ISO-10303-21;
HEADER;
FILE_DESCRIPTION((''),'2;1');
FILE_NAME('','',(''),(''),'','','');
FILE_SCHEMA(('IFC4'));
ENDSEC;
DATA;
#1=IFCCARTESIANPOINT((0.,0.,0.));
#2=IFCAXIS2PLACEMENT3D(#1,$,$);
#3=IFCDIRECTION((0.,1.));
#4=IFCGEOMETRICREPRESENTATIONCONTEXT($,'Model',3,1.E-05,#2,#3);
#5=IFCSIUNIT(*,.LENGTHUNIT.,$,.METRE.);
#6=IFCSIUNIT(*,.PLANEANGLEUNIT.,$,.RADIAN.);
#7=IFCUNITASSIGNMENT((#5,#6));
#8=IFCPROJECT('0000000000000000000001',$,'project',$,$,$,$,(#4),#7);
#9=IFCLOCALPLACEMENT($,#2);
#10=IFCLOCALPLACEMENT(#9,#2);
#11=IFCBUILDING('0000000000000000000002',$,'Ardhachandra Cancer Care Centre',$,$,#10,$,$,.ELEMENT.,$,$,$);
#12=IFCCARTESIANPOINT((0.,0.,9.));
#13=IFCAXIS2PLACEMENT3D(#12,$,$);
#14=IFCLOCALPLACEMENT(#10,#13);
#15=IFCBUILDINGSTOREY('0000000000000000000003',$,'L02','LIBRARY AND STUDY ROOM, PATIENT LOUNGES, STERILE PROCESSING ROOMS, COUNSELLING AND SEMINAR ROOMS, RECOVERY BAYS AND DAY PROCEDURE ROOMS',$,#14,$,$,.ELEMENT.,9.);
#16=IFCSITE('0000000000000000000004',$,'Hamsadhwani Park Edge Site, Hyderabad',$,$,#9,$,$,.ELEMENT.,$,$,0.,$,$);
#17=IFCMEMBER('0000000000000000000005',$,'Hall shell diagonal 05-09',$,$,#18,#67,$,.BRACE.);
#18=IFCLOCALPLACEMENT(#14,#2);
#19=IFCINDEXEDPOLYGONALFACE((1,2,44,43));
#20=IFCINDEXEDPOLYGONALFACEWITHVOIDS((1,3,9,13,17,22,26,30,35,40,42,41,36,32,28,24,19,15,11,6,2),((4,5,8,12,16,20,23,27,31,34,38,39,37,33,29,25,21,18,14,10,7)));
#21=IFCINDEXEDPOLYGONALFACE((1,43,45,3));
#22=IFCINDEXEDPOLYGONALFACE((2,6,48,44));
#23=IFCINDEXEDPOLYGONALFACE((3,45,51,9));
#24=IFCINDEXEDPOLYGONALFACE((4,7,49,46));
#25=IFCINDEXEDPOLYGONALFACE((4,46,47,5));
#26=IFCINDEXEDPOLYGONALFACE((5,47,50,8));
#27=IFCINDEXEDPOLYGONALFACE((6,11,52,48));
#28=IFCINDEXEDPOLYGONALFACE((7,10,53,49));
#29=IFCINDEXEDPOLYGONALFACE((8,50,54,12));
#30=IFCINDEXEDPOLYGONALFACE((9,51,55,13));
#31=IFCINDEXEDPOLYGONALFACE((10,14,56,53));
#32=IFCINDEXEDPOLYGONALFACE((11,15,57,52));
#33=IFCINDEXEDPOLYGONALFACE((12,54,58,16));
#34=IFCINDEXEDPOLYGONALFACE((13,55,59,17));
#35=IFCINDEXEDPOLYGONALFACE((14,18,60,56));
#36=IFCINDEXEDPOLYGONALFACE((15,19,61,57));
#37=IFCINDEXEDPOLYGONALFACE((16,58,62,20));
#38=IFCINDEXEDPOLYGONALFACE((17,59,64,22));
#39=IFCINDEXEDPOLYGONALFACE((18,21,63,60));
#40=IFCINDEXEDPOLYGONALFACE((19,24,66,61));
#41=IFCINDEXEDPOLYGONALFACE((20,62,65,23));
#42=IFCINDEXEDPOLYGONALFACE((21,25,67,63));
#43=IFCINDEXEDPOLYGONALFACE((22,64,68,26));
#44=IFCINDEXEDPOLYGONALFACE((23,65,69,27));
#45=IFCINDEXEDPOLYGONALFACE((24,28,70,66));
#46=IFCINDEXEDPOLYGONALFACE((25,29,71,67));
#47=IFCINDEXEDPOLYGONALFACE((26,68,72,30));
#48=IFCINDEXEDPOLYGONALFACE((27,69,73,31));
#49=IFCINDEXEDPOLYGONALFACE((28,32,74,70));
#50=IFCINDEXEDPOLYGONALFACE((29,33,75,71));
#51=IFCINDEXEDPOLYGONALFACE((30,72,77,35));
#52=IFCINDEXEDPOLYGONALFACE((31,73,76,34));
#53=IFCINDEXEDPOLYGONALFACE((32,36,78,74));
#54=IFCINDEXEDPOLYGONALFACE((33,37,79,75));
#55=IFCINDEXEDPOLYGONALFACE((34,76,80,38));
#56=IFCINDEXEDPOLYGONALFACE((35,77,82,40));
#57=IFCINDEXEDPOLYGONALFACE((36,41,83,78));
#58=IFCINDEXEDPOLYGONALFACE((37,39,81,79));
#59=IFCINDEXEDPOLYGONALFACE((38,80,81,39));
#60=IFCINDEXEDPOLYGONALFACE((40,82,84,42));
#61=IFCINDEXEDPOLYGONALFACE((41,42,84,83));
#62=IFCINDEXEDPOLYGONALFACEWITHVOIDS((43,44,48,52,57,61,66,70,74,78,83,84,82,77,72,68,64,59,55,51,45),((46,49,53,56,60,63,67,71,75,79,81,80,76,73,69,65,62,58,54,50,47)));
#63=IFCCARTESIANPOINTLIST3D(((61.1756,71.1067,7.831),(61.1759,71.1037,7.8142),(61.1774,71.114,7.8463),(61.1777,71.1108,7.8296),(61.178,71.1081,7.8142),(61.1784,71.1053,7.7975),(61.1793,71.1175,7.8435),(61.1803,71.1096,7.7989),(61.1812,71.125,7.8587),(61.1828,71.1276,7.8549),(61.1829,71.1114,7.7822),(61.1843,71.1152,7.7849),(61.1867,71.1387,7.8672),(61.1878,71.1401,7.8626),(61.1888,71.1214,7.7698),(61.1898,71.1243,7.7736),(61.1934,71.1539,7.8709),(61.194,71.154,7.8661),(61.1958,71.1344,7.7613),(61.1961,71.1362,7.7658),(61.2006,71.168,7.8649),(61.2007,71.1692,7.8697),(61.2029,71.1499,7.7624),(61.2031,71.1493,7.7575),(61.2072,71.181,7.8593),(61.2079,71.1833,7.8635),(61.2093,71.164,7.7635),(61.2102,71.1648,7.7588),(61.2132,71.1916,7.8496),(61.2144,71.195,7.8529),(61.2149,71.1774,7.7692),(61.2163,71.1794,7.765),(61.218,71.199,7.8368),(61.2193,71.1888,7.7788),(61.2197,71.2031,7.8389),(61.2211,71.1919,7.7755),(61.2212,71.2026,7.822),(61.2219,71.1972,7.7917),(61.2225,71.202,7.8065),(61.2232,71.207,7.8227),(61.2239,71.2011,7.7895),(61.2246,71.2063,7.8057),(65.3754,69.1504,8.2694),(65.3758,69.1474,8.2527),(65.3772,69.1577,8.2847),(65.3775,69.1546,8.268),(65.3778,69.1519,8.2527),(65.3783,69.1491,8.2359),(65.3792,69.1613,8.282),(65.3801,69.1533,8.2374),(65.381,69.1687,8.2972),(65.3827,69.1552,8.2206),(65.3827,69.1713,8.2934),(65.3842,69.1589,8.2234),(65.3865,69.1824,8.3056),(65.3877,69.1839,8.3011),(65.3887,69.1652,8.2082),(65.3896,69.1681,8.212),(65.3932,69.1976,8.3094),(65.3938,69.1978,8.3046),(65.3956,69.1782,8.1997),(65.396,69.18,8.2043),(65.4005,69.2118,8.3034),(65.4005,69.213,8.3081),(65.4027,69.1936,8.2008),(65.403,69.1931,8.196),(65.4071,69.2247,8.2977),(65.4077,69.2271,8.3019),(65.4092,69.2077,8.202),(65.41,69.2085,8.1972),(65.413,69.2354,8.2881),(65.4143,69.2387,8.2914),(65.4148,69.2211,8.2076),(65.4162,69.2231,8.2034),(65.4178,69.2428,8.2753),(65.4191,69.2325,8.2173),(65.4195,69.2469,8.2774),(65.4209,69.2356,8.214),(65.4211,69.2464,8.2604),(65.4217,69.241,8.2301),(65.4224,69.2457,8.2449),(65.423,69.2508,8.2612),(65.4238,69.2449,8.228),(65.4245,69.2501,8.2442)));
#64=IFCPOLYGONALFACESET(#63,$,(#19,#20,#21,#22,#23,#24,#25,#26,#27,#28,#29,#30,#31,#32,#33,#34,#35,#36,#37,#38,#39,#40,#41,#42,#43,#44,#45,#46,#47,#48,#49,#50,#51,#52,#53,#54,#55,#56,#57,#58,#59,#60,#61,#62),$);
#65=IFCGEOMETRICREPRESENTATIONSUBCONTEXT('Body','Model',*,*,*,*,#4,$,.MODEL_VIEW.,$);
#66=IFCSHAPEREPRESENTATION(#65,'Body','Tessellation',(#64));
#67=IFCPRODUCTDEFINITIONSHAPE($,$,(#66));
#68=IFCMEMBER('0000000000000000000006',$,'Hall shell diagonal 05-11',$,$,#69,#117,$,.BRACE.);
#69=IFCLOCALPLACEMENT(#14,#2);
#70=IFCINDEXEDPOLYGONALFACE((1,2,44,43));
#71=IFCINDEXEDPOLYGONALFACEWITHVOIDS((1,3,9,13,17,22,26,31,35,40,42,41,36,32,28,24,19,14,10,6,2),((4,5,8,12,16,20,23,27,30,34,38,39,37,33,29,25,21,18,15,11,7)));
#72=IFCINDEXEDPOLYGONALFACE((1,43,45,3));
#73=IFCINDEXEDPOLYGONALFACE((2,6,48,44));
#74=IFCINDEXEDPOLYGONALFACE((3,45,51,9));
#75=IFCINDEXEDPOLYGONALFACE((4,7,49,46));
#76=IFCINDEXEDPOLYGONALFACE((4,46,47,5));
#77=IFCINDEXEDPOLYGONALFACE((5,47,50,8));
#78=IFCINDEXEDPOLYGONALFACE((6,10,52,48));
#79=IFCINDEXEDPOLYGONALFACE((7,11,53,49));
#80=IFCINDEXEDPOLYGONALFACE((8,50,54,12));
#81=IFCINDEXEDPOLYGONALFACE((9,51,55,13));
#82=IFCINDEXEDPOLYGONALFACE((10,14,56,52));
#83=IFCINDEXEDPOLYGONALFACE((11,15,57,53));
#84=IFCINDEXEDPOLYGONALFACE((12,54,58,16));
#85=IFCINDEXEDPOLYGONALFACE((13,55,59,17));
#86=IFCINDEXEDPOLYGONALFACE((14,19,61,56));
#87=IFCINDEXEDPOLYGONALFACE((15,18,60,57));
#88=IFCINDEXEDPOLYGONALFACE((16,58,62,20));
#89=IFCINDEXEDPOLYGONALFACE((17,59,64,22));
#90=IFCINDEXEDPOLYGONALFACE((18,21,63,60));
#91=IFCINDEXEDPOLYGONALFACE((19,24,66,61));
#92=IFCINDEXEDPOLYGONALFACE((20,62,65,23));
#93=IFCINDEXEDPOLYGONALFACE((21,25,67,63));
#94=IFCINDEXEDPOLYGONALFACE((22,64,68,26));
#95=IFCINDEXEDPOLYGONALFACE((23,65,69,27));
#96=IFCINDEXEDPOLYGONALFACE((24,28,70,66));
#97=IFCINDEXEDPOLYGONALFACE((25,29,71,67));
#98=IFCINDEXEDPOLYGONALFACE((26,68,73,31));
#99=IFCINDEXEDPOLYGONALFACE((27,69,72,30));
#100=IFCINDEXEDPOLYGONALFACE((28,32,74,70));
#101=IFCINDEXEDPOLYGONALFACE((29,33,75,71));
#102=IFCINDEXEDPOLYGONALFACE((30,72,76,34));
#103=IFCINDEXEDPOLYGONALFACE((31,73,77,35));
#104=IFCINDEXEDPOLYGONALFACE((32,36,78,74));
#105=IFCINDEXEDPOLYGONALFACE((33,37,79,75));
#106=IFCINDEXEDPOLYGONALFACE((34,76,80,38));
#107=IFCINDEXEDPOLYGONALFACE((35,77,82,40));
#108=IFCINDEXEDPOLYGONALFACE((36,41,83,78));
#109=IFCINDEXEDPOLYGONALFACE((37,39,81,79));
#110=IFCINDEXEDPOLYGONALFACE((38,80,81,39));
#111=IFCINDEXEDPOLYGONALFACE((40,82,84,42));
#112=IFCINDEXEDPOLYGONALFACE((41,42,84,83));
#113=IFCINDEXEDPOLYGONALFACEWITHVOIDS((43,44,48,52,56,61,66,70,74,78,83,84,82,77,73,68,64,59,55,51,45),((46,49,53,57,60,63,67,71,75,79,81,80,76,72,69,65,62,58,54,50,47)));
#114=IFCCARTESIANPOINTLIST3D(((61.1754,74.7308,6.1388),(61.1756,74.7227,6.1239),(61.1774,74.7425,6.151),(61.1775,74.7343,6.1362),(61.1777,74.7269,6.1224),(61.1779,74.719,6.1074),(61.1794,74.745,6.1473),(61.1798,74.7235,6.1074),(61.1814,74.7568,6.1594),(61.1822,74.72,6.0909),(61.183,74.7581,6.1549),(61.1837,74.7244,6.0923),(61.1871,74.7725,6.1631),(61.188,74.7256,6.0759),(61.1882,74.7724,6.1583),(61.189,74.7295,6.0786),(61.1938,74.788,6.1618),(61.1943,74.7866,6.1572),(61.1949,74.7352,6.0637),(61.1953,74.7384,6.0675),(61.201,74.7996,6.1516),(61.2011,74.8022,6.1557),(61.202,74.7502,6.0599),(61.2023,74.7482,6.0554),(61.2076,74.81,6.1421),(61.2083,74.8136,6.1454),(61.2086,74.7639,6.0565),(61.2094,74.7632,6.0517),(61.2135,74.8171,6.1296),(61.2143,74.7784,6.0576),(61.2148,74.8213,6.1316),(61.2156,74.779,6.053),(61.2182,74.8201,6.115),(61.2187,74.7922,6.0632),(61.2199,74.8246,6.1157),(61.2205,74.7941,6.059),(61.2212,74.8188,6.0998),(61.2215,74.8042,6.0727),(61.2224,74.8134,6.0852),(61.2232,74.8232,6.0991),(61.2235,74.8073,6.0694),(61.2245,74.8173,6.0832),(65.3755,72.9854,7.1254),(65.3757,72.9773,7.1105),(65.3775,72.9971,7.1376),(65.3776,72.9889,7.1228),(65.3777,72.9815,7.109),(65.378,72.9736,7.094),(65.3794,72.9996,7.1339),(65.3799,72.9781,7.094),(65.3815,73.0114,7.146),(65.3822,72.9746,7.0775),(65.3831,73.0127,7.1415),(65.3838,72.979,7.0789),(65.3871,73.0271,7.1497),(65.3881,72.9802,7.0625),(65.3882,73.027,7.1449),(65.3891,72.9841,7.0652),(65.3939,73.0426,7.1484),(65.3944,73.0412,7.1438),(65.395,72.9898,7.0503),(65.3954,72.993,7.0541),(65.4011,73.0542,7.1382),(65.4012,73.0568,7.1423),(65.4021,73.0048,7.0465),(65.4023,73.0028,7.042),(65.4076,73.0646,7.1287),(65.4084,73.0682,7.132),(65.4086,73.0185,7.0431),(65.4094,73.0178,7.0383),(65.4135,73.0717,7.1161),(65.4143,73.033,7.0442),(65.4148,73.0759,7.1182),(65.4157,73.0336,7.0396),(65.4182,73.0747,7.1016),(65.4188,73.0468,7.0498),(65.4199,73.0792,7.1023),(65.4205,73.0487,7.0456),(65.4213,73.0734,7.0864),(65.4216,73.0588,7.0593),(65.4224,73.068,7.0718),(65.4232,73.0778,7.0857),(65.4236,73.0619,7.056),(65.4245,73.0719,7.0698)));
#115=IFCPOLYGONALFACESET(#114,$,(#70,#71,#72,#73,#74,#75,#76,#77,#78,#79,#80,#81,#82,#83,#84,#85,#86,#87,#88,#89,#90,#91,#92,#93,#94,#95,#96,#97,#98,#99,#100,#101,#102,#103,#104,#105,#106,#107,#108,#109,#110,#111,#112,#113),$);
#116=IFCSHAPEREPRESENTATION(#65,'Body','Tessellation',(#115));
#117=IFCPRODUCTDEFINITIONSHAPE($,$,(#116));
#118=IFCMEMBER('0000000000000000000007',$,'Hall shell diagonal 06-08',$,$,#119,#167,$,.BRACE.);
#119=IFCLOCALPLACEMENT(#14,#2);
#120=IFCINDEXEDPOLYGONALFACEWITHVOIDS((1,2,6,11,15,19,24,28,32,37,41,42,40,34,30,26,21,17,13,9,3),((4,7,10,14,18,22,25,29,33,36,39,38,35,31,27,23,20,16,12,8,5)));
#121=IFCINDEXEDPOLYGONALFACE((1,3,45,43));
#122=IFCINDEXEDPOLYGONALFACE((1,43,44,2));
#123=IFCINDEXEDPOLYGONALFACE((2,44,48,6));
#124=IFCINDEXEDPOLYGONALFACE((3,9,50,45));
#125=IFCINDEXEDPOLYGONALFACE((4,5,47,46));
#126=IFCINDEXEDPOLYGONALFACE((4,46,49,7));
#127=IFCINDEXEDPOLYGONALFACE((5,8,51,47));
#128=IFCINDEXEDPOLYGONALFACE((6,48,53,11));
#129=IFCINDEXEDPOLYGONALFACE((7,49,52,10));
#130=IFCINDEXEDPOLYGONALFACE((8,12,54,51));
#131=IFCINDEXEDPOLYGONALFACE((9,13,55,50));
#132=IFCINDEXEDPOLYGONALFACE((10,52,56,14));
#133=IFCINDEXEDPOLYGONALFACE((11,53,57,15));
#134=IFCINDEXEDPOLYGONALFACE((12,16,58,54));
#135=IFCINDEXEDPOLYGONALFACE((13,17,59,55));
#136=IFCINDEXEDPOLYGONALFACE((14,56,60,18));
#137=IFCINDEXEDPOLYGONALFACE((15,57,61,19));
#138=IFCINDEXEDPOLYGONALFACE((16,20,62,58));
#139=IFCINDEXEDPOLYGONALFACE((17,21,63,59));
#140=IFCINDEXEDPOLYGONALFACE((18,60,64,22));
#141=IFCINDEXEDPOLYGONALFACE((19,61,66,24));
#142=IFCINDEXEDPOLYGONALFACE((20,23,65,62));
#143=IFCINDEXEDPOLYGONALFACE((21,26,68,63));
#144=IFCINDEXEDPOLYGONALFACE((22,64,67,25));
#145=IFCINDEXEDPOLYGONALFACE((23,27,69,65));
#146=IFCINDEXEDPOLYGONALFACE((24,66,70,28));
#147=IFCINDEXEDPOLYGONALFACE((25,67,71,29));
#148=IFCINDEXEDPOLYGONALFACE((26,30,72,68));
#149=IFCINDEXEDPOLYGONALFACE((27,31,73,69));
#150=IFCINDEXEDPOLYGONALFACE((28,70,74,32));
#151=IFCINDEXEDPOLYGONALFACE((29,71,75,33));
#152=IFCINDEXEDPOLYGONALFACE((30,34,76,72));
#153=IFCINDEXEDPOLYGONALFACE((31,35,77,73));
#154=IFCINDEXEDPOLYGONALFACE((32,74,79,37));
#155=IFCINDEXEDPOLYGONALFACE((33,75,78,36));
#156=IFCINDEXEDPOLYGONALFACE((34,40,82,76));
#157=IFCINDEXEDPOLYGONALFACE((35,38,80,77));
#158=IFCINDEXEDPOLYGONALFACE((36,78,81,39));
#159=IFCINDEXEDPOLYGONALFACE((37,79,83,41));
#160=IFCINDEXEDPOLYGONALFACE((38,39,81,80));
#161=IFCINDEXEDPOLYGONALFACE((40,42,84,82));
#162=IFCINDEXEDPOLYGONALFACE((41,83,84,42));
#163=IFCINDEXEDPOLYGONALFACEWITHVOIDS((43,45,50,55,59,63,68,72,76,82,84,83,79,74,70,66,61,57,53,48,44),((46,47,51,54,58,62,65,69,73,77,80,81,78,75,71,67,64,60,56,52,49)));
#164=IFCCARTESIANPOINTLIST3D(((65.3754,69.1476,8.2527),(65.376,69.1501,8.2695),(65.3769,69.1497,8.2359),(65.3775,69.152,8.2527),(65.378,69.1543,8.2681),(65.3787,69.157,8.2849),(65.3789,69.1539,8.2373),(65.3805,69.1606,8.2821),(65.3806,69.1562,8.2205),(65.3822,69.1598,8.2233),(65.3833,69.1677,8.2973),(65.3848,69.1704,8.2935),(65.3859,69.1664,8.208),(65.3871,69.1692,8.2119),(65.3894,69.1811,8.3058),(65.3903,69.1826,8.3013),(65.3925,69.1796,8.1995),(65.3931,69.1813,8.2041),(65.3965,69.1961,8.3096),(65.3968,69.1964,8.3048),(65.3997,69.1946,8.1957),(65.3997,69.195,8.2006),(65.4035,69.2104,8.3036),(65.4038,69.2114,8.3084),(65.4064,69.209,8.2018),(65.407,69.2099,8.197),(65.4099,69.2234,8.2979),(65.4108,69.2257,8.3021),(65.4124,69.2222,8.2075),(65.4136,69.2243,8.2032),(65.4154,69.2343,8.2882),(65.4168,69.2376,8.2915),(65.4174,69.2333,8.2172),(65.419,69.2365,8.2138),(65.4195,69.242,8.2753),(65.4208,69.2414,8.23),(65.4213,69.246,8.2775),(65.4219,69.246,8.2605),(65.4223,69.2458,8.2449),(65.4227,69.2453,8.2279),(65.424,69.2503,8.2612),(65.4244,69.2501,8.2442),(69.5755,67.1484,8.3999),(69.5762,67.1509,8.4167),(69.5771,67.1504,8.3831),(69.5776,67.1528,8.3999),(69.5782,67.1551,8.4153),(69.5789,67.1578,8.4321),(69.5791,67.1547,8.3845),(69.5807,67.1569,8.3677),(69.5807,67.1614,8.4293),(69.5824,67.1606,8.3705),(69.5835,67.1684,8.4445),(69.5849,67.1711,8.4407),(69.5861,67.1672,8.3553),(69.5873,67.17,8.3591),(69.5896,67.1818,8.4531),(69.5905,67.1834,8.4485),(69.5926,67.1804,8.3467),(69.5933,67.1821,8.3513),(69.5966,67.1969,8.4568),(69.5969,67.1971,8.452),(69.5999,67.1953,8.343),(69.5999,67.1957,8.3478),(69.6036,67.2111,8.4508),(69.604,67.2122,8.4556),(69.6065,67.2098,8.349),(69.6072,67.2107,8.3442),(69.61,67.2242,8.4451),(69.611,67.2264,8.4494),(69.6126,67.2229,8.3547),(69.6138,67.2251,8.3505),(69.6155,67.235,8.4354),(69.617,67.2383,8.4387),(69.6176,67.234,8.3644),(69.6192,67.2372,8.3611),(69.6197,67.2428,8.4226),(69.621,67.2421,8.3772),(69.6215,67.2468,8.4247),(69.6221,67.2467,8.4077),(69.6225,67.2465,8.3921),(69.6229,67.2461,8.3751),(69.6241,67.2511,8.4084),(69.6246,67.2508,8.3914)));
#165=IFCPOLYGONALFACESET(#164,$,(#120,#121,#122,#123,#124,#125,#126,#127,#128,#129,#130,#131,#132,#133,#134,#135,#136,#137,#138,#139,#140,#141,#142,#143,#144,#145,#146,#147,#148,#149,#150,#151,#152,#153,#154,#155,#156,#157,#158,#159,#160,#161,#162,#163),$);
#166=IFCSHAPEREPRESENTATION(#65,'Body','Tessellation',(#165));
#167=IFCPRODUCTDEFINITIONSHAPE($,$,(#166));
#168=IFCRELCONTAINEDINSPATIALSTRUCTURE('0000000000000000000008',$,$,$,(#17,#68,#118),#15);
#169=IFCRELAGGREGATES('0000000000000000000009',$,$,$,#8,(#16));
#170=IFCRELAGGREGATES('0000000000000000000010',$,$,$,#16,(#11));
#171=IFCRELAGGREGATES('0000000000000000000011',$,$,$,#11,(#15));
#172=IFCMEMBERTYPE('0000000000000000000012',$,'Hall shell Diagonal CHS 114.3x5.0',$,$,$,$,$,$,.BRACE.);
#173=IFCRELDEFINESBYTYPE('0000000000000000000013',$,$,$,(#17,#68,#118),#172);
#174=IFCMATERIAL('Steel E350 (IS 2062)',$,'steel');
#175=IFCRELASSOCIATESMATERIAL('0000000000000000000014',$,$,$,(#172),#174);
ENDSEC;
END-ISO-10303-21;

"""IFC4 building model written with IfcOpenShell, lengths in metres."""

from ifc_helpers import new_model, si_unit, direction, frame, origin, origin_2d, place, context, subcontext, project, spatial, hollow_circle, extrude, material, material_profile, profile_set, type_object, element, save


model = new_model("IFC4")

# Units and contexts
model_context = context("Model", 3, precision=1e-05, world=origin(), true_north=direction((0.0, 1.0)))
body_context = subcontext(model_context, "Body", "Model", "MODEL_VIEW")
ifc_project = project(units=[si_unit("LENGTHUNIT", "METRE"), si_unit("PLANEANGLEUNIT", "RADIAN")], contexts=[model_context])

# Site, building, storey
site_placement = place(None, origin())
site = spatial("IfcSite", under=ifc_project, at=site_placement, Name="Hamsadhwani Park Edge Site, Hyderabad", CompositionType="ELEMENT", RefElevation=0.0)
building_placement = place(site_placement, origin())
building = spatial("IfcBuilding", under=site, at=building_placement, Name="Ardhachandra Cancer Care Centre", CompositionType="ELEMENT")
storey_placement = place(building_placement, frame((0.0, 0.0, 9.0)))
storey = spatial("IfcBuildingStorey", under=building, at=storey_placement, Name="L02", Description="LIBRARY AND STUDY ROOM, PATIENT LOUNGES, STERILE PROCESSING ROOMS, COUNSELLING AND SEMINAR ROOMS, RECOVERY BAYS AND DAY PROCEDURE ROOMS", CompositionType="ELEMENT", Elevation=9.0)

# Members
ifc_material_1 = material(Name="Steel E350 (IS 2062)", Category="steel")
ifc_material_profile_1 = material_profile(ifc_material_1, hollow_circle(Radius=0.0571, WallThickness=0.0049, at=origin_2d()), Name="CHS 114.3x5.0")
ifc_profile_set_1 = profile_set([ifc_material_profile_1], Name="Steel E350 (IS 2062)")
member_type_1 = type_object("IfcMemberType", Name="Hall shell Diagonal CHS 114.3x5.0", PredefinedType="BRACE", material=ifc_profile_set_1)
member_1_placement = place(storey_placement, frame((65.3999, 69.1992, 8.2527), z_axis=(-0.902455, 0.420355, -0.094217), x_axis=(-0.422233, -0.906487, 0.0)))
element("IfcMember", 1, at=member_1_placement, inside=storey, type_object=member_type_1, Name="Hall shell diagonal 05-09", PredefinedType="BRACE", context=body_context, shape_type="SweptSolid", body=[
    extrude(hollow_circle(Radius=0.0571, WallThickness=0.0049, at=origin_2d()), origin(), (0.0, 0.0, 1.0), 4.6538),
])
for number, where, z_axis, x_axis, name in (
    (2, (65.3999, 73.0264, 7.094), (-0.90245, 0.375028, -0.211986), (-0.38375, -0.923437, 0.0), "Hall shell diagonal 05-11"),
    (3, (69.6001, 67.2, 8.3999), (-0.902478, 0.429574, -0.031632), (-0.429789, -0.902929, 0.0), "Hall shell diagonal 06-08"),
):
    element("IfcMember", number, at=place(storey_placement, frame(where, z_axis=z_axis, x_axis=x_axis)), inside=storey, type_object=member_type_1, Name=name, PredefinedType="BRACE", context=body_context, shape_type="SweptSolid", body=[
        extrude(hollow_circle(Radius=0.0571, WallThickness=0.0049, at=origin_2d()), origin(), (0.0, 0.0, 1.0), 4.6541),
    ])

save(model, "model.ifc")
